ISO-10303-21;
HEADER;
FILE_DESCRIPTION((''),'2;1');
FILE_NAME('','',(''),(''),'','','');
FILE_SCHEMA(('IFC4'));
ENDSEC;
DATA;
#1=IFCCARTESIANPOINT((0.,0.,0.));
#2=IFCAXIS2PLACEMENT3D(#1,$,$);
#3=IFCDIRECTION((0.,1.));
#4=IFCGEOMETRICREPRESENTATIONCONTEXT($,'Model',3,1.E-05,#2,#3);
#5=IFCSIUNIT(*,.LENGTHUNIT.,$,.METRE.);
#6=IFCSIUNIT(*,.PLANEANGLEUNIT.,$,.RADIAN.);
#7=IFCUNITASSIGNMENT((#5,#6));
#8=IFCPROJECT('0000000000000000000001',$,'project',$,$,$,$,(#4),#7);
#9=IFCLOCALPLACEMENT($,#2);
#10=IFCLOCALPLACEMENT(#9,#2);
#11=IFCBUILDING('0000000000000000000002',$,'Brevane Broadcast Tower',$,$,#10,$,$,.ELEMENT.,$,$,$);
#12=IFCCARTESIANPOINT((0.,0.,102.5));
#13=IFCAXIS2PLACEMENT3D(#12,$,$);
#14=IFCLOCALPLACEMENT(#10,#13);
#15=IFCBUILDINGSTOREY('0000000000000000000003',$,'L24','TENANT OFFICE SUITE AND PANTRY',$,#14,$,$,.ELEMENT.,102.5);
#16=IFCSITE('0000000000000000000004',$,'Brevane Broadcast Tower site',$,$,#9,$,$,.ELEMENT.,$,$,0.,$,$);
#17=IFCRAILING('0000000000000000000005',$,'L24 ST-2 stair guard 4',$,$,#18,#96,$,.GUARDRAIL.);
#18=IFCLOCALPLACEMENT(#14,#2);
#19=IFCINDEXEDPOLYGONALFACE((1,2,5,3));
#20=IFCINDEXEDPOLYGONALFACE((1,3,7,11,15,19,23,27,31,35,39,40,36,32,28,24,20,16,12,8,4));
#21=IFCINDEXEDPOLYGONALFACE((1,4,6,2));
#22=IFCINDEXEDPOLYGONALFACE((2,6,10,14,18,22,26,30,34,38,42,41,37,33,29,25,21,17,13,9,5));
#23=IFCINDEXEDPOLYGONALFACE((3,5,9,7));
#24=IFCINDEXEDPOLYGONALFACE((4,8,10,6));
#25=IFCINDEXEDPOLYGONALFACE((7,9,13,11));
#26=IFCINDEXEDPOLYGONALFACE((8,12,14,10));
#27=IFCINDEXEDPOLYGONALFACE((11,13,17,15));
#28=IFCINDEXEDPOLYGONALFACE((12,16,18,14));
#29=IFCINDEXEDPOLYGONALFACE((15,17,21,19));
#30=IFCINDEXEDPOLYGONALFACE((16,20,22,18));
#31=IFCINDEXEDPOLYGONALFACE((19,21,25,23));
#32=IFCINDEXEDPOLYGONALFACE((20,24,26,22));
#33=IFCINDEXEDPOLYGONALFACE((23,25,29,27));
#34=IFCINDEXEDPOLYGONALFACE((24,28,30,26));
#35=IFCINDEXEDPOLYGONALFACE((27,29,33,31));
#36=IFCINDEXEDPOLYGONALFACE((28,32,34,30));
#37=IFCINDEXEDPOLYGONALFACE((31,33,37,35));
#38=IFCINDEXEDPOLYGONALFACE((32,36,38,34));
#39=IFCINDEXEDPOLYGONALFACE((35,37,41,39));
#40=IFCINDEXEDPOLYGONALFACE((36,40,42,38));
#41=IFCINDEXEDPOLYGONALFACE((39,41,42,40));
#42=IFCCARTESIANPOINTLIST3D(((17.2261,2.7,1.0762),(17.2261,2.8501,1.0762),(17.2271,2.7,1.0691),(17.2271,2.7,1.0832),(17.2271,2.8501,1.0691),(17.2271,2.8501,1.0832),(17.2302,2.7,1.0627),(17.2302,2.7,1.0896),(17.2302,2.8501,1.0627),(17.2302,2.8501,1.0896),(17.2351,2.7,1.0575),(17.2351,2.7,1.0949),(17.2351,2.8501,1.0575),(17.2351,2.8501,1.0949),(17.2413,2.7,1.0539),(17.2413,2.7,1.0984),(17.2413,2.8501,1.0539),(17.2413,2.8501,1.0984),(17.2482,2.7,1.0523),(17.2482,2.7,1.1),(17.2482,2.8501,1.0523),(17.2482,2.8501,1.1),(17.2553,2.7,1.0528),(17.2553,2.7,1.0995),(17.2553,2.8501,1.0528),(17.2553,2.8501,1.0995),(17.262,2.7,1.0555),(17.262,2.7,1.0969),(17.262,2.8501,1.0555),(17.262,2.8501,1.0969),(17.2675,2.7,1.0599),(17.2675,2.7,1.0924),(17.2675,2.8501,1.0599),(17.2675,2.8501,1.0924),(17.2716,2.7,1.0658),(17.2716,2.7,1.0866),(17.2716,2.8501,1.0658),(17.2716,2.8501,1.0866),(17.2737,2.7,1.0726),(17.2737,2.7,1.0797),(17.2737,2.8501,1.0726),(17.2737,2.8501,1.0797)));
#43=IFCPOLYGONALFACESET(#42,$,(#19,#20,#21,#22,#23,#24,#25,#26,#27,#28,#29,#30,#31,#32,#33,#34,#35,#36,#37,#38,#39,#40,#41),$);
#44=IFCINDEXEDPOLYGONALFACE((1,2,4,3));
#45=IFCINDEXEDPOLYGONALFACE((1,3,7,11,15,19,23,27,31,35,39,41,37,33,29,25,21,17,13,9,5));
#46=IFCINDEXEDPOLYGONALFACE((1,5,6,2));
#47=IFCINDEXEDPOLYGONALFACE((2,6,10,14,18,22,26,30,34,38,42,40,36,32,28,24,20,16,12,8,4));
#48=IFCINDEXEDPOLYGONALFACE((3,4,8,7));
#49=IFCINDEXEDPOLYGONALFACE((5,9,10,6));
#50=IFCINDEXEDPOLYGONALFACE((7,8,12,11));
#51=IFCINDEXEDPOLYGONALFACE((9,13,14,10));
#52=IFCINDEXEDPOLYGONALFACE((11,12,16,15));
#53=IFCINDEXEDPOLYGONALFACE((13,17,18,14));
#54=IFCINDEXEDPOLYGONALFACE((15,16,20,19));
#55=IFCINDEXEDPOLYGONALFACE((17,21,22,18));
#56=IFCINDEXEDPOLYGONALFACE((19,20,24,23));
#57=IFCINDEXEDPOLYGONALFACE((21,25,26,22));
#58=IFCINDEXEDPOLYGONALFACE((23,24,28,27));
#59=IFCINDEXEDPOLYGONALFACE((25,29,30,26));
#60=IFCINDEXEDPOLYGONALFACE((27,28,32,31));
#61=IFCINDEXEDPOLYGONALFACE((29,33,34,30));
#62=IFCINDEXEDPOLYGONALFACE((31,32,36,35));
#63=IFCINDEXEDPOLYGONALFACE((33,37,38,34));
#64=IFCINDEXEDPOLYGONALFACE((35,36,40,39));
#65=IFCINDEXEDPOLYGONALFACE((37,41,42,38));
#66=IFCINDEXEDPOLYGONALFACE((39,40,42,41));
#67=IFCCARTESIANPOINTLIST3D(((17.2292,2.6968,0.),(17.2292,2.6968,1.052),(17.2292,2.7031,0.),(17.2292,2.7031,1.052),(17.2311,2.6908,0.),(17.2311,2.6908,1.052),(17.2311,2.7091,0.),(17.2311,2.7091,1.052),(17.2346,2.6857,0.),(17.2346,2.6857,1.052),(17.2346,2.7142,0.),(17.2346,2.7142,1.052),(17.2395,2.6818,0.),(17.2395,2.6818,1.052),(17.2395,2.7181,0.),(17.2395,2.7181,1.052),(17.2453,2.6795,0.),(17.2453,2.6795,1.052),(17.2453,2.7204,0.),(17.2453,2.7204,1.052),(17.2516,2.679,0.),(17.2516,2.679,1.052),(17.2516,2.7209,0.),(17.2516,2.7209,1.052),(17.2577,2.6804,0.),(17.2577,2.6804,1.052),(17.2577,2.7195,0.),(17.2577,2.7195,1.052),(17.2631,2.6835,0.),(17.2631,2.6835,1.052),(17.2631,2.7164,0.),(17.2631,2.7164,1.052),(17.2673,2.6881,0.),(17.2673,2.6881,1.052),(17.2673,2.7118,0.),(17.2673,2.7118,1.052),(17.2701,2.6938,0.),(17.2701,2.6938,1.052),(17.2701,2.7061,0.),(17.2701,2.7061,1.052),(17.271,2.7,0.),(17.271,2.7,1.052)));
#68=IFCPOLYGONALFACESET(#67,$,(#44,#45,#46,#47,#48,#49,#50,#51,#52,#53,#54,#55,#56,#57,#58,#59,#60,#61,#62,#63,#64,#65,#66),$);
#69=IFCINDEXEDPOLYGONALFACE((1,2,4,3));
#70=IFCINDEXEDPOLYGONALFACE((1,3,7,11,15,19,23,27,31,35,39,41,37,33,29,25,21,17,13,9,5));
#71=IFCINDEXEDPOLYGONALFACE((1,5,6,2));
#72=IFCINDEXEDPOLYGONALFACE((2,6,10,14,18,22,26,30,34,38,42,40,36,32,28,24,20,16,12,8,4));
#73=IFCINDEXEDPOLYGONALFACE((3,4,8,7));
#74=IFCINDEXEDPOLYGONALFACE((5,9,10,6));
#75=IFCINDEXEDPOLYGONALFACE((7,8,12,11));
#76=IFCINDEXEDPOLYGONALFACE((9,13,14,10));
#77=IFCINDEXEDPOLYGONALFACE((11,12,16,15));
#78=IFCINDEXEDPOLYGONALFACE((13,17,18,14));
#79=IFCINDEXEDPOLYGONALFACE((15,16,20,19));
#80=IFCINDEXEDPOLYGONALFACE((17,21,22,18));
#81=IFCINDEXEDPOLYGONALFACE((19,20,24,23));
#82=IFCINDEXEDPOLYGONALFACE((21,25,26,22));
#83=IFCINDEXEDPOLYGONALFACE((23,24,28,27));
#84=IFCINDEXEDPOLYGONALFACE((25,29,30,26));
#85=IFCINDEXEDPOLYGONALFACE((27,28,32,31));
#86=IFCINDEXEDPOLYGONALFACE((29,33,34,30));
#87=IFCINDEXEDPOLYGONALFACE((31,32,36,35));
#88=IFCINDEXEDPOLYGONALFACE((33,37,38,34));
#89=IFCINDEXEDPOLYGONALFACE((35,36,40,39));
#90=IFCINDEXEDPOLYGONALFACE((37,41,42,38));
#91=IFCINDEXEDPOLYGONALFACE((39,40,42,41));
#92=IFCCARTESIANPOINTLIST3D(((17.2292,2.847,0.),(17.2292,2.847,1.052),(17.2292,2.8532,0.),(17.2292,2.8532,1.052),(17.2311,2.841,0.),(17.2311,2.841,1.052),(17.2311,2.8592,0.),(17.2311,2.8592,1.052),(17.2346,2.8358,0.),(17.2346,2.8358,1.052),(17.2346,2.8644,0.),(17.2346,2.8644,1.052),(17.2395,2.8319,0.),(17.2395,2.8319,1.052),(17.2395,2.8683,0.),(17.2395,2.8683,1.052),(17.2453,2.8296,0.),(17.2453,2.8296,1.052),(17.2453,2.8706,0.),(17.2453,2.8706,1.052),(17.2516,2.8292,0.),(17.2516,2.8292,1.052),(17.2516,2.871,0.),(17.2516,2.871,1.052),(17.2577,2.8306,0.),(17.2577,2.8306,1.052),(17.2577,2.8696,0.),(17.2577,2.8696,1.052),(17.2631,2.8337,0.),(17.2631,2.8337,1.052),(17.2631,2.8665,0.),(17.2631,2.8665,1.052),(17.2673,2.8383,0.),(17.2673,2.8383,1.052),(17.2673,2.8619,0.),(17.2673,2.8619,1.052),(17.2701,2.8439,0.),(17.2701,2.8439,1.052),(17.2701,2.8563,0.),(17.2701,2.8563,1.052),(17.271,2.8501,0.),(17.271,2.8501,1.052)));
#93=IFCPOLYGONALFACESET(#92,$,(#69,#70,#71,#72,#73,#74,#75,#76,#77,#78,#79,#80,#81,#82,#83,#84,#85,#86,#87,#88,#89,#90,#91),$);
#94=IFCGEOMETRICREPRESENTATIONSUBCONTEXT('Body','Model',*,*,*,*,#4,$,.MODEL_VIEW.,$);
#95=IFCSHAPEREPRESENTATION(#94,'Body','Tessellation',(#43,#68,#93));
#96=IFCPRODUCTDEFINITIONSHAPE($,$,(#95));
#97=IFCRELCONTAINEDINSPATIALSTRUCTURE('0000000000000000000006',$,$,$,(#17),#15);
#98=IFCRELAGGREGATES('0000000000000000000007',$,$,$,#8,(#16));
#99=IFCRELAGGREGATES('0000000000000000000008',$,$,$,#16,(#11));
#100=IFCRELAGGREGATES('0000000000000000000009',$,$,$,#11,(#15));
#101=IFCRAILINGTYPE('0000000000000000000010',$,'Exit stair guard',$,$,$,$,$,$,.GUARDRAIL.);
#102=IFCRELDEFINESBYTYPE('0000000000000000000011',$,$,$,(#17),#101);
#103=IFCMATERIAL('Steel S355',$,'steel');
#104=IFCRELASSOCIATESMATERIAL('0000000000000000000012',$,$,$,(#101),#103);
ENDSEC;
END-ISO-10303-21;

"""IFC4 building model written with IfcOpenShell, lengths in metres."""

from ifc_helpers import new_model, si_unit, direction, frame, origin, origin_2d, place, context, subcontext, project, spatial, circle, extrude, material, type_object, element, save


model = new_model("IFC4")

# Units and contexts
model_context = context("Model", 3, precision=1e-05, world=origin(), true_north=direction((0.0, 1.0)))
body_context = subcontext(model_context, "Body", "Model", "MODEL_VIEW")
ifc_project = project(units=[si_unit("LENGTHUNIT", "METRE"), si_unit("PLANEANGLEUNIT", "RADIAN")], contexts=[model_context])

# Site, building, storey
site_placement = place(None, origin())
site = spatial("IfcSite", under=ifc_project, at=site_placement, Name="Brevane Broadcast Tower site", CompositionType="ELEMENT", RefElevation=0.0)
building_placement = place(site_placement, origin())
building = spatial("IfcBuilding", under=site, at=building_placement, Name="Brevane Broadcast Tower", CompositionType="ELEMENT")
storey_placement = place(building_placement, frame((0.0, 0.0, 102.5)))
storey = spatial("IfcBuildingStorey", under=building, at=storey_placement, Name="L24", Description="TENANT OFFICE SUITE AND PANTRY", CompositionType="ELEMENT", Elevation=102.5)

# Railing
ifc_material_1 = material(Name="Steel S355", Category="steel")
railing_type_1 = type_object("IfcRailingType", Name="Exit stair guard", PredefinedType="GUARDRAIL", material=ifc_material_1)
railing_1_placement = place(storey_placement, frame((17.25, 2.7, 0.0)))
element("IfcRailing", 1, at=railing_1_placement, inside=storey, type_object=railing_type_1, Name="L24 ST-2 stair guard 4", PredefinedType="GUARDRAIL", context=body_context, shape_type="SweptSolid", body=[
    extrude(circle(Radius=0.0239, at=origin_2d()), frame((0.0, 0.0, 1.0762), z_axis=(0.0, 1.0, 0.0), x_axis=(-1.0, 0.0, 0.0)), (0.0, 0.0, 1.0), 0.1501),
    extrude(circle(Radius=0.021, at=origin_2d()), origin(), (0.0, 0.0, 1.0), 1.052),
    extrude(circle(Radius=0.021, at=origin_2d()), frame((0.0, 0.1501, 0.0)), (0.0, 0.0, 1.0), 1.052),
])

save(model, "model.ifc")
